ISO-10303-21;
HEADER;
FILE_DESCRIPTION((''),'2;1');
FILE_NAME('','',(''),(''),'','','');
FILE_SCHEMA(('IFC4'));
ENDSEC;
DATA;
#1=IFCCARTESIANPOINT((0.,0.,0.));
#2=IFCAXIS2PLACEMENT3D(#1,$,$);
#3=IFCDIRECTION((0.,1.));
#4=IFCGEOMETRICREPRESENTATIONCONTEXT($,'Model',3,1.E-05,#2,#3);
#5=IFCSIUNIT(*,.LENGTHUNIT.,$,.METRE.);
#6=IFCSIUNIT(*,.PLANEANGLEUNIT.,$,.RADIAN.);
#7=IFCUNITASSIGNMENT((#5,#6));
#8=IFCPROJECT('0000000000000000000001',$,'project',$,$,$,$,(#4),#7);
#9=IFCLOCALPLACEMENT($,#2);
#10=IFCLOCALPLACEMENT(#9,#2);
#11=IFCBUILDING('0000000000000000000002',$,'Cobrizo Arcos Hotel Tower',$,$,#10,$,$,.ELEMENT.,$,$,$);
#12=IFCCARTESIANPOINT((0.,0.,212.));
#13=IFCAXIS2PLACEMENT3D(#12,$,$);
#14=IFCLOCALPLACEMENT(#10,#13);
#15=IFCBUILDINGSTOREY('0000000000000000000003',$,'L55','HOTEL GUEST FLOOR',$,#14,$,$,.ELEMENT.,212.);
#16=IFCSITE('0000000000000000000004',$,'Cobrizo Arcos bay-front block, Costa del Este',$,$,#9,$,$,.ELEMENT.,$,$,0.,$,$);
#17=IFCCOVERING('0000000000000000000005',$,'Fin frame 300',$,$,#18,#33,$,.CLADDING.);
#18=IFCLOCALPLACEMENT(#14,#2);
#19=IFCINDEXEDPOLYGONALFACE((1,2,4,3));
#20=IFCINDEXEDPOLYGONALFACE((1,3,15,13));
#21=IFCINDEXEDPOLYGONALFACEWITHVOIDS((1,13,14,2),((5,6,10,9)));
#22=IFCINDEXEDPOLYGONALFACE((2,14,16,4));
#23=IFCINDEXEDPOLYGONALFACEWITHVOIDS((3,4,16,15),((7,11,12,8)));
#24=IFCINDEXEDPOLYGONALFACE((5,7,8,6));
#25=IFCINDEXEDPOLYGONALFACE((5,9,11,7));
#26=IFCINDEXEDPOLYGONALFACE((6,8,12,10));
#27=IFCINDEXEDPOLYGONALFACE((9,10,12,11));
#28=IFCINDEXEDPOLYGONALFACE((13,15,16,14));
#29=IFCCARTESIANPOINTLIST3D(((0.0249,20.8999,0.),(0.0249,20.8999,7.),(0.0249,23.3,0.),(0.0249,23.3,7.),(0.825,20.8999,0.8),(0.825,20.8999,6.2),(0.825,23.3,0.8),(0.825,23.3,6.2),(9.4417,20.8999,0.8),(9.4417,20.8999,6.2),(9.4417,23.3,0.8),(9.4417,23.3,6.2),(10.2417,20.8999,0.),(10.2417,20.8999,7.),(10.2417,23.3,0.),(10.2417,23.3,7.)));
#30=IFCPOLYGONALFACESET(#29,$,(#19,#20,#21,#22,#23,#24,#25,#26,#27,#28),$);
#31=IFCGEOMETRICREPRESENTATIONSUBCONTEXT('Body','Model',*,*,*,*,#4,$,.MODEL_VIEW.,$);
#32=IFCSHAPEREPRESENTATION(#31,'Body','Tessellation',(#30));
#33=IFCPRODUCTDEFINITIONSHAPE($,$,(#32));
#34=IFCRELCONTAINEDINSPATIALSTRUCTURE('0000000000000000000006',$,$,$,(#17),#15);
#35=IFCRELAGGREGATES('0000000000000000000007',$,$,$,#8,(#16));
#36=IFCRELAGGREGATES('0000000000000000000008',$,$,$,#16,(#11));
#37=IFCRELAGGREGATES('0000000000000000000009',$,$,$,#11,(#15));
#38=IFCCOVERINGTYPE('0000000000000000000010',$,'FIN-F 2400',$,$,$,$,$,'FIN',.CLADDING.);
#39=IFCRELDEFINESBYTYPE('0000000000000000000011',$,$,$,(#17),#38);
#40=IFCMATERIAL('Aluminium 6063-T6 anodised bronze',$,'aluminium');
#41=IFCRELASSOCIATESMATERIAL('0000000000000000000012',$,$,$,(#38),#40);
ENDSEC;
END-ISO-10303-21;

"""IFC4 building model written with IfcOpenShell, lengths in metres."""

from ifc_helpers import new_model, si_unit, direction, frame, origin, place, context, subcontext, project, spatial, polyline, outline, extrude, material, type_object, element, save


model = new_model("IFC4")

# Units and contexts
model_context = context("Model", 3, precision=1e-05, world=origin(), true_north=direction((0.0, 1.0)))
body_context = subcontext(model_context, "Body", "Model", "MODEL_VIEW")
ifc_project = project(units=[si_unit("LENGTHUNIT", "METRE"), si_unit("PLANEANGLEUNIT", "RADIAN")], contexts=[model_context])

# Site, building, storey
site_placement = place(None, origin())
site = spatial("IfcSite", under=ifc_project, at=site_placement, Name="Cobrizo Arcos bay-front block, Costa del Este", CompositionType="ELEMENT", RefElevation=0.0)
building_placement = place(site_placement, origin())
building = spatial("IfcBuilding", under=site, at=building_placement, Name="Cobrizo Arcos Hotel Tower", CompositionType="ELEMENT")
storey_placement = place(building_placement, frame((0.0, 0.0, 212.0)))
storey = spatial("IfcBuildingStorey", under=building, at=storey_placement, Name="L55", Description="HOTEL GUEST FLOOR", CompositionType="ELEMENT", Elevation=212.0)

# Shared definitions
ifc_material_1 = material(Name="Aluminium 6063-T6 anodised bronze", Category="aluminium")

# Covering
covering_type = type_object("IfcCoveringType", Name="FIN-F 2400", ElementType="FIN", PredefinedType="CLADDING", material=ifc_material_1)
covering_placement = place(storey_placement, frame((10.2417, 20.8999, 0.0), z_axis=(0.0, 1.0, 0.0), x_axis=(-1.0, 0.0, 0.0)))
element("IfcCovering", 1, at=covering_placement, inside=storey, type_object=covering_type, Name="Fin frame 300", PredefinedType="CLADDING", context=body_context, shape_type="SweptSolid", body=[
    extrude(outline(polyline([(0.0, 7.0), (0.0, 0.0), (10.2168, 0.0), (10.2168, 7.0), (0.0, 7.0)]), holes=[polyline([(9.4167, 0.8), (0.8, 0.8), (0.8, 6.2), (9.4167, 6.2), (9.4167, 0.8)])]), origin(), (0.0, 0.0, 1.0), 2.4001),
])

save(model, "model.ifc")
